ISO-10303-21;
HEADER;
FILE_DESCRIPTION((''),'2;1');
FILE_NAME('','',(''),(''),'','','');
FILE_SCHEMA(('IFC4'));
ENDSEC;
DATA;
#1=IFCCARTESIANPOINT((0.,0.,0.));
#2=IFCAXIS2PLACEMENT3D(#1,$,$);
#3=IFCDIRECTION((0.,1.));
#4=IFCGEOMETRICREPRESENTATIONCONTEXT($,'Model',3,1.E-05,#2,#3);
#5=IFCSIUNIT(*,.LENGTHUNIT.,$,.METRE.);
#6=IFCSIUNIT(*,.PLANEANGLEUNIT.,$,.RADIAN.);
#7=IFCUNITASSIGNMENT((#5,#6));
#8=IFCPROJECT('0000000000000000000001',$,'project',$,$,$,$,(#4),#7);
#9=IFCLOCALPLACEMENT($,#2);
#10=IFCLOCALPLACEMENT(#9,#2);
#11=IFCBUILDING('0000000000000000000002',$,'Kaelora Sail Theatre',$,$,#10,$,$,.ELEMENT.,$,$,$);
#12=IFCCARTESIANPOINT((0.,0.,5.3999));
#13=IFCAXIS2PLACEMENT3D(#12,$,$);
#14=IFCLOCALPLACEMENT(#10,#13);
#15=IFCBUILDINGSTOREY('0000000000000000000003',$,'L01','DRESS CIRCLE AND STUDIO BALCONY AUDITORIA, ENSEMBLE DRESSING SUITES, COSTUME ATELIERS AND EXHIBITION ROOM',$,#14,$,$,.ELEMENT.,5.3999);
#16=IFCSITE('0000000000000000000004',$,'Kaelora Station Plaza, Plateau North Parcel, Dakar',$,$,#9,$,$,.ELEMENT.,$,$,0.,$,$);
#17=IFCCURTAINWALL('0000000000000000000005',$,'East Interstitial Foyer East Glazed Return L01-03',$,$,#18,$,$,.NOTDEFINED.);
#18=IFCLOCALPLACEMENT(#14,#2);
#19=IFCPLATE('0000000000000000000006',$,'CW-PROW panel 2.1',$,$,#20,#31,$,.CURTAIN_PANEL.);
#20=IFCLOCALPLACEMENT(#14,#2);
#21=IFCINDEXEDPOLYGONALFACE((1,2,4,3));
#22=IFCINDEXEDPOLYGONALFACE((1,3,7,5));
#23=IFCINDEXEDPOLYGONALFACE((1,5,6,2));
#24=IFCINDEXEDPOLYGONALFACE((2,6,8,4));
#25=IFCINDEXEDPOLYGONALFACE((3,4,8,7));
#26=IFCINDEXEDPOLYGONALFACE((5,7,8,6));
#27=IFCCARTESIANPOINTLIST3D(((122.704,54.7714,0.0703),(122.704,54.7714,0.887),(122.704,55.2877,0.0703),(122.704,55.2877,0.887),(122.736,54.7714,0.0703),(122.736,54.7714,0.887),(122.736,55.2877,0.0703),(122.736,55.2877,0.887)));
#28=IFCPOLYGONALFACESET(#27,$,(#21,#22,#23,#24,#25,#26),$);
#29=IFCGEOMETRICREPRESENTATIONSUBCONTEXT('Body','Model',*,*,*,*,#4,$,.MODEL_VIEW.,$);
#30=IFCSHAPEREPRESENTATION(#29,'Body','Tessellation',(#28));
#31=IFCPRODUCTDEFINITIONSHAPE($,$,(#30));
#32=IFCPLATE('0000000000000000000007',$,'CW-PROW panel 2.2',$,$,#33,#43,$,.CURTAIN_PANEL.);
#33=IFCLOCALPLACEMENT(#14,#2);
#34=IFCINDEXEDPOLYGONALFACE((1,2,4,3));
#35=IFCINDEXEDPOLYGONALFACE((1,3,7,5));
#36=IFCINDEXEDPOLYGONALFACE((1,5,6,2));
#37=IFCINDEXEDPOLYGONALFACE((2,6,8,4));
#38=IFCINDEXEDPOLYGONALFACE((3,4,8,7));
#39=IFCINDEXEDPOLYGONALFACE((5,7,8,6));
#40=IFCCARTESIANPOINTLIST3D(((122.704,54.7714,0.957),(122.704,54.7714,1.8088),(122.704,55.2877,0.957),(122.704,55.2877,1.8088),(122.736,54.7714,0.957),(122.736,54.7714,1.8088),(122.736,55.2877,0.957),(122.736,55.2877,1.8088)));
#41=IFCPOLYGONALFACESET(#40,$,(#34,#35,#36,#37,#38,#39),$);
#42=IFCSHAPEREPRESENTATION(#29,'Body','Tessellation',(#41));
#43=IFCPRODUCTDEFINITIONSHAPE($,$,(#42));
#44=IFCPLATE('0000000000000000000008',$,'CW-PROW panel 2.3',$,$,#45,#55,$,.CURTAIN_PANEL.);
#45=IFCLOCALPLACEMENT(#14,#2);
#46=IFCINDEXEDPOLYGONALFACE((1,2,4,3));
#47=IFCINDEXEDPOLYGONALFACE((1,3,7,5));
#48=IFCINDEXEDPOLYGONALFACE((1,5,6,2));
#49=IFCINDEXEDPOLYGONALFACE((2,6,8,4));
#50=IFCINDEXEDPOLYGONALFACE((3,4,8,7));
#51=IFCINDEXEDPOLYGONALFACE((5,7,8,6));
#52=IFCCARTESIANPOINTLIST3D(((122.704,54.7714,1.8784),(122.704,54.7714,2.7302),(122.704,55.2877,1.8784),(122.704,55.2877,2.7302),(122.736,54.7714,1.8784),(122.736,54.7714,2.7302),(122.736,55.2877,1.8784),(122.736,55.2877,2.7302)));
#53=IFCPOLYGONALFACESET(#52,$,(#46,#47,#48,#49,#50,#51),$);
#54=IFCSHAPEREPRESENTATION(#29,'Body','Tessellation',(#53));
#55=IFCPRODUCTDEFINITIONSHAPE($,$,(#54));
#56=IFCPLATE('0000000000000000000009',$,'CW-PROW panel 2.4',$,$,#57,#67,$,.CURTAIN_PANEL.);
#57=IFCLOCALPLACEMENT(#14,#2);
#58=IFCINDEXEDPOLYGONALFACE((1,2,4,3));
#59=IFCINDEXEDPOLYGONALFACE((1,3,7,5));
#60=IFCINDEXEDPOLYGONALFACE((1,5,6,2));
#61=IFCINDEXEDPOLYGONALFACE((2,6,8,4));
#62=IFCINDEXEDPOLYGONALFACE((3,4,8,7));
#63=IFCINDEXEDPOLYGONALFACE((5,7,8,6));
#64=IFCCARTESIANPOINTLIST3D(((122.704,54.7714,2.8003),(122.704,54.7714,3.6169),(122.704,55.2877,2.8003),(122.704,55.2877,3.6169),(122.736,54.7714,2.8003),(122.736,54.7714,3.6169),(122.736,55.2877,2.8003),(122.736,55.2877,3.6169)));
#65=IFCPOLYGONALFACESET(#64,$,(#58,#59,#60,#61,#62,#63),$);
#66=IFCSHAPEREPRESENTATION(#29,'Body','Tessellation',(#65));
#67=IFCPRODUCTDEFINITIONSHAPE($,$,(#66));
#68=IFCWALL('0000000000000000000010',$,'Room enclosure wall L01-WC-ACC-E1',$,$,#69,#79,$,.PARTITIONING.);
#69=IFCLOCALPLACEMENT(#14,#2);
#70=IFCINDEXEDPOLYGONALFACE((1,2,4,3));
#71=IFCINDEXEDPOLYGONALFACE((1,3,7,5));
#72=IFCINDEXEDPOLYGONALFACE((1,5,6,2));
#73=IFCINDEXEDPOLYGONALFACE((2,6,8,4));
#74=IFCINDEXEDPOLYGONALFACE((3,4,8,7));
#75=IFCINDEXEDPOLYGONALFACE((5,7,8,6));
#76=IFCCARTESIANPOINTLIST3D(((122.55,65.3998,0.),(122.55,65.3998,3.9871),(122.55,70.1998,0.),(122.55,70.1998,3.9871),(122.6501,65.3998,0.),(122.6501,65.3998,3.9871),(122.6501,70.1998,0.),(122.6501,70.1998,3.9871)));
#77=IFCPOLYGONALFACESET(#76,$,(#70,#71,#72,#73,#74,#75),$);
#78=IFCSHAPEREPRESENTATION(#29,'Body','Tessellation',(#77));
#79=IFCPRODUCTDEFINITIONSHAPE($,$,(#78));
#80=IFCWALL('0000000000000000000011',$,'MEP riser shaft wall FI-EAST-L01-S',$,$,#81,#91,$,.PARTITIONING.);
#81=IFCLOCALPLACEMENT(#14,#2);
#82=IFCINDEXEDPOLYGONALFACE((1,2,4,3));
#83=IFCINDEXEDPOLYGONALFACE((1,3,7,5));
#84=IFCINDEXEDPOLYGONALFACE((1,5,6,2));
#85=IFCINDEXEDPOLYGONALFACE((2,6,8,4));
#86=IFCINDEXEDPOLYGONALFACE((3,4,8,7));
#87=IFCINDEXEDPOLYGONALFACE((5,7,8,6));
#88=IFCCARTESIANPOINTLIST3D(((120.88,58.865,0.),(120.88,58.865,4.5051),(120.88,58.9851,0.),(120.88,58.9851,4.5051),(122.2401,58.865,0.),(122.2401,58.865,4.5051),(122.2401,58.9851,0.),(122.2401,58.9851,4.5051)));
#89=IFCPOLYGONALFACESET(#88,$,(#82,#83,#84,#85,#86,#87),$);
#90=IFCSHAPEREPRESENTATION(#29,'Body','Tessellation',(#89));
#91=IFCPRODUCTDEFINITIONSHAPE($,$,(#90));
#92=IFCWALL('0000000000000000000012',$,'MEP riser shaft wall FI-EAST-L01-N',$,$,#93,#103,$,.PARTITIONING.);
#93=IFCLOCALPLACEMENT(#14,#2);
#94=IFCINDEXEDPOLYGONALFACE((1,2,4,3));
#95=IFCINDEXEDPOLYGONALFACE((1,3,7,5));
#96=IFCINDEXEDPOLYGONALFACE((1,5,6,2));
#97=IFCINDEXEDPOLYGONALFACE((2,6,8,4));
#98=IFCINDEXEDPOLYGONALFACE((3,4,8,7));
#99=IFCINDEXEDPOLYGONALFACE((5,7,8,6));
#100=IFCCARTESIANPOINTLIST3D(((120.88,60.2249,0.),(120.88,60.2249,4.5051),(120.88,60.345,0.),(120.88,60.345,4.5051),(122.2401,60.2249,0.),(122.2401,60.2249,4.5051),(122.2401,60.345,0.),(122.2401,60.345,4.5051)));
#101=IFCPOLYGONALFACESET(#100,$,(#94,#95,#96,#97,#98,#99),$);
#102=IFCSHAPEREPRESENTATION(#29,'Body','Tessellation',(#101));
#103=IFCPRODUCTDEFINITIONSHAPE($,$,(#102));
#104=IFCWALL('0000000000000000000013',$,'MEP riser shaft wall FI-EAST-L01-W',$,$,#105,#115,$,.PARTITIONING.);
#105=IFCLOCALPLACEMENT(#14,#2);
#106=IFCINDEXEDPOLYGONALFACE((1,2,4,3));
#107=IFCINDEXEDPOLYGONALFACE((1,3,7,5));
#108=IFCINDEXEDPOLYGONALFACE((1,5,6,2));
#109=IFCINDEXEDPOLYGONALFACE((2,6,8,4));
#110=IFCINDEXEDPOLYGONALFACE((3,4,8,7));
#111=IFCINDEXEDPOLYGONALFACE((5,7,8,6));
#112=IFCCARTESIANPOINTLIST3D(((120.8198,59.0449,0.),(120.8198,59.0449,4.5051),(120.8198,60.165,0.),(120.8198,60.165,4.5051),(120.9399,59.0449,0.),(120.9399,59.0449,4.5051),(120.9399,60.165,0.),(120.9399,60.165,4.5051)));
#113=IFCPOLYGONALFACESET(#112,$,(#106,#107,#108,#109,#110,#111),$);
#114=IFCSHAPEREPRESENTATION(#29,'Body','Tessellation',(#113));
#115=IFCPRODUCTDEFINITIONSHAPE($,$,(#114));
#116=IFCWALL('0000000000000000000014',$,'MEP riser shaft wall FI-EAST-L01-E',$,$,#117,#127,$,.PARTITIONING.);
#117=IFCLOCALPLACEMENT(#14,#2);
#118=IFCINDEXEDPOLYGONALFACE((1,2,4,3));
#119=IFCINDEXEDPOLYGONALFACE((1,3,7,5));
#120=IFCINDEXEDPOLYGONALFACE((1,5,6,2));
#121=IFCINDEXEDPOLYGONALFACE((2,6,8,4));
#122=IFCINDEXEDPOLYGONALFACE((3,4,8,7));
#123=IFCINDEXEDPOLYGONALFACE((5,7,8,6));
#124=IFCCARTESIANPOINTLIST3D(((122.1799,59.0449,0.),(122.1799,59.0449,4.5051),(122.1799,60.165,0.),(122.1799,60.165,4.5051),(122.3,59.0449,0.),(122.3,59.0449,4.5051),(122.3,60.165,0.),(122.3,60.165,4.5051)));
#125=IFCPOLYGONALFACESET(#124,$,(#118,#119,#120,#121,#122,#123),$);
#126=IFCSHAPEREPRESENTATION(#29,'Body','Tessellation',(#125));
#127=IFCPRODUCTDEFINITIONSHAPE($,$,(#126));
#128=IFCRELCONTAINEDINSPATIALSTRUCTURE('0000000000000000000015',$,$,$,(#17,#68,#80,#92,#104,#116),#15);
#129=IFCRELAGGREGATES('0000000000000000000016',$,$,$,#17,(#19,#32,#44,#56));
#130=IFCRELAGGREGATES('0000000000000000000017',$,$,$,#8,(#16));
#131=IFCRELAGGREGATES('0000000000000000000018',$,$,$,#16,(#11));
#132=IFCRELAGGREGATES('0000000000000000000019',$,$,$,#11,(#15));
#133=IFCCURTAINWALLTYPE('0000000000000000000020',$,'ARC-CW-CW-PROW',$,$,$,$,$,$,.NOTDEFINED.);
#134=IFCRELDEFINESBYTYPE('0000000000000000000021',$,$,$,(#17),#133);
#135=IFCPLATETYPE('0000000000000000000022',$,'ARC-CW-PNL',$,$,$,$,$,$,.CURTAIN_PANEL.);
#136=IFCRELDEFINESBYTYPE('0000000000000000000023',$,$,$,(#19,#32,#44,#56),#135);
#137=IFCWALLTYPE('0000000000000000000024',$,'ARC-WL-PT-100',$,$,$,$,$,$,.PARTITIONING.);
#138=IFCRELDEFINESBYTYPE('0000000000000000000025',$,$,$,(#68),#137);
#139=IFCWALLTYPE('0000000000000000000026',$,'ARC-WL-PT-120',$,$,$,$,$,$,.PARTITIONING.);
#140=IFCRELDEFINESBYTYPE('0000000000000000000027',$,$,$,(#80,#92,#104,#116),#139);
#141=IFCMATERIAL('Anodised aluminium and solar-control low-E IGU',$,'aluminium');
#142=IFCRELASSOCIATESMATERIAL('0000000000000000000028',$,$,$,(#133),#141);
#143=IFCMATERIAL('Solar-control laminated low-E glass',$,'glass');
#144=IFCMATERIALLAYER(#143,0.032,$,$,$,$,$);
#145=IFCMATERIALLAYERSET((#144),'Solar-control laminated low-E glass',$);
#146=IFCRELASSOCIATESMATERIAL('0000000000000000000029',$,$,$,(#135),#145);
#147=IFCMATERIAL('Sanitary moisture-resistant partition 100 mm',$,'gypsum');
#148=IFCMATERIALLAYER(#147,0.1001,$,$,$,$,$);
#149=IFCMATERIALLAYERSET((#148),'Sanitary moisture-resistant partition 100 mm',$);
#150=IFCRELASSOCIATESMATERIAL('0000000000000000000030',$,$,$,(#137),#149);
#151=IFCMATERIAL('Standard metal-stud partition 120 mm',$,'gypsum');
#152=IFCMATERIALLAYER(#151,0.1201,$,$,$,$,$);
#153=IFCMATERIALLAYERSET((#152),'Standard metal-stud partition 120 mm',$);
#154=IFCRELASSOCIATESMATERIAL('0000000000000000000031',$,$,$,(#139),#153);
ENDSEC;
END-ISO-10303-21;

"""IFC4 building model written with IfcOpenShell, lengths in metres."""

from ifc_helpers import new_model, si_unit, direction, frame, frame_2d, origin, origin_2d, place, context, subcontext, project, spatial, rectangle, extrude, material, layer, layer_set, type_object, element, aggregate, save


model = new_model("IFC4")

# Units and contexts
model_context = context("Model", 3, precision=1e-05, world=origin(), true_north=direction((0.0, 1.0)))
body_context = subcontext(model_context, "Body", "Model", "MODEL_VIEW")
ifc_project = project(units=[si_unit("LENGTHUNIT", "METRE"), si_unit("PLANEANGLEUNIT", "RADIAN")], contexts=[model_context])

# Site, building, storey
site_placement = place(None, origin())
site = spatial("IfcSite", under=ifc_project, at=site_placement, Name="Kaelora Station Plaza, Plateau North Parcel, Dakar", CompositionType="ELEMENT", RefElevation=0.0)
building_placement = place(site_placement, origin())
building = spatial("IfcBuilding", under=site, at=building_placement, Name="Kaelora Sail Theatre", CompositionType="ELEMENT")
storey_placement = place(building_placement, frame((0.0, 0.0, 5.3999)))
storey = spatial("IfcBuildingStorey", under=building, at=storey_placement, Name="L01", Description="DRESS CIRCLE AND STUDIO BALCONY AUDITORIA, ENSEMBLE DRESSING SUITES, COSTUME ATELIERS AND EXHIBITION ROOM", CompositionType="ELEMENT", Elevation=5.3999)

# Curtain wall, plates
ifc_material_1 = material(Name="Anodised aluminium and solar-control low-E IGU", Category="aluminium")
curtain_wall_type = type_object("IfcCurtainWallType", Name="ARC-CW-CW-PROW", PredefinedType="NOTDEFINED", material=ifc_material_1)
curtain_wall_placement = place(storey_placement, origin())
curtain_wall = element("IfcCurtainWall", 1, at=curtain_wall_placement, inside=storey, type_object=curtain_wall_type, Name="East Interstitial Foyer East Glazed Return L01-03", PredefinedType="NOTDEFINED")
ifc_material_2 = material(Name="Solar-control laminated low-E glass", Category="glass")
ifc_layer_1 = layer(ifc_material_2, 0.032)
ifc_layer_set_1 = layer_set([ifc_layer_1], Name="Solar-control laminated low-E glass")
plate_type = type_object("IfcPlateType", Name="ARC-CW-PNL", PredefinedType="CURTAIN_PANEL", material=ifc_layer_set_1)
plate_1_placement = place(storey_placement, frame((122.72, 55.0295, 0.0703), z_axis=(0.0, 0.0, 1.0), x_axis=(0.0, 1.0, 0.0)))
plate_1 = element("IfcPlate", 2, at=plate_1_placement, type_object=plate_type, Name="CW-PROW panel 2.1", PredefinedType="CURTAIN_PANEL", context=body_context, shape_type="SweptSolid", body=[
    extrude(rectangle(XDim=0.5164, YDim=0.032, at=origin_2d()), origin(), (0.0, 0.0, 1.0), 0.8167),
])
plate_2_placement = place(storey_placement, frame((122.72, 55.0295, 0.957), z_axis=(0.0, 0.0, 1.0), x_axis=(0.0, 1.0, 0.0)))
plate_2 = element("IfcPlate", 3, at=plate_2_placement, type_object=plate_type, Name="CW-PROW panel 2.2", PredefinedType="CURTAIN_PANEL", context=body_context, shape_type="SweptSolid", body=[
    extrude(rectangle(XDim=0.5164, YDim=0.032, at=origin_2d()), origin(), (0.0, 0.0, 1.0), 0.8518),
])
plate_3_placement = place(storey_placement, frame((122.72, 55.0295, 1.8784), z_axis=(0.0, 0.0, 1.0), x_axis=(0.0, 1.0, 0.0)))
plate_3 = element("IfcPlate", 4, at=plate_3_placement, type_object=plate_type, Name="CW-PROW panel 2.3", PredefinedType="CURTAIN_PANEL", context=body_context, shape_type="SweptSolid", body=[
    extrude(rectangle(XDim=0.5164, YDim=0.032, at=origin_2d()), origin(), (0.0, 0.0, 1.0), 0.8518),
])
plate_4_placement = place(storey_placement, frame((122.72, 55.0295, 2.8003), z_axis=(0.0, 0.0, 1.0), x_axis=(0.0, 1.0, 0.0)))
plate_4 = element("IfcPlate", 5, at=plate_4_placement, type_object=plate_type, Name="CW-PROW panel 2.4", PredefinedType="CURTAIN_PANEL", context=body_context, shape_type="SweptSolid", body=[
    extrude(rectangle(XDim=0.5164, YDim=0.032, at=origin_2d()), origin(), (0.0, 0.0, 1.0), 0.8167),
])
aggregate(curtain_wall, [plate_1, plate_2, plate_3, plate_4])

# Walls
ifc_material_3 = material(Name="Sanitary moisture-resistant partition 100 mm", Category="gypsum")
ifc_layer_2 = layer(ifc_material_3, 0.1001)
ifc_layer_set_2 = layer_set([ifc_layer_2], Name="Sanitary moisture-resistant partition 100 mm")
wall_type_1 = type_object("IfcWallType", Name="ARC-WL-PT-100", PredefinedType="PARTITIONING", material=ifc_layer_set_2)
wall_placement = place(storey_placement, frame((122.6001, 65.3999, 0.0), z_axis=(0.0, 0.0, 1.0), x_axis=(0.0, 1.0, 0.0)))
element("IfcWall", 6, at=wall_placement, inside=storey, type_object=wall_type_1, Name="Room enclosure wall L01-WC-ACC-E1", PredefinedType="PARTITIONING", context=body_context, shape_type="SweptSolid", body=[
    extrude(rectangle(XDim=4.8, YDim=0.1001, at=frame_2d((2.3999, 0.0))), origin(), (0.0, 0.0, 1.0), 3.9871),
])
ifc_material_4 = material(Name="Standard metal-stud partition 120 mm", Category="gypsum")
ifc_layer_3 = layer(ifc_material_4, 0.1201)
ifc_layer_set_3 = layer_set([ifc_layer_3], Name="Standard metal-stud partition 120 mm")
wall_type_2 = type_object("IfcWallType", Name="ARC-WL-PT-120", PredefinedType="PARTITIONING", material=ifc_layer_set_3)
for number, where, z_axis, x_axis, name in (
    (7, (120.8799, 58.925, 0.0), (0.0, 0.0, 1.0), (1.0, 0.0, 0.0), "MEP riser shaft wall FI-EAST-L01-S"),
    (8, (120.8799, 60.2849, 0.0), (0.0, 0.0, 1.0), (1.0, 0.0, 0.0), "MEP riser shaft wall FI-EAST-L01-N"),
):
    element("IfcWall", number, at=place(storey_placement, frame(where, z_axis=z_axis, x_axis=x_axis)), inside=storey, type_object=wall_type_2, Name=name, PredefinedType="PARTITIONING", context=body_context, shape_type="SweptSolid", body=[
        extrude(rectangle(XDim=1.3601, YDim=0.1201, at=frame_2d((0.6802, 0.0))), origin(), (0.0, 0.0, 1.0), 4.5051),
    ])
for number, where, z_axis, x_axis, name in (
    (9, (120.8799, 59.0449, 0.0), (0.0, 0.0, 1.0), (0.0, 1.0, 0.0), "MEP riser shaft wall FI-EAST-L01-W"),
    (10, (122.24, 59.0449, 0.0), (0.0, 0.0, 1.0), (0.0, 1.0, 0.0), "MEP riser shaft wall FI-EAST-L01-E"),
):
    element("IfcWall", number, at=place(storey_placement, frame(where, z_axis=z_axis, x_axis=x_axis)), inside=storey, type_object=wall_type_2, Name=name, PredefinedType="PARTITIONING", context=body_context, shape_type="SweptSolid", body=[
        extrude(rectangle(XDim=1.1201, YDim=0.1201, at=frame_2d((0.5601, 0.0))), origin(), (0.0, 0.0, 1.0), 4.5051),
    ])

save(model, "model.ifc")
